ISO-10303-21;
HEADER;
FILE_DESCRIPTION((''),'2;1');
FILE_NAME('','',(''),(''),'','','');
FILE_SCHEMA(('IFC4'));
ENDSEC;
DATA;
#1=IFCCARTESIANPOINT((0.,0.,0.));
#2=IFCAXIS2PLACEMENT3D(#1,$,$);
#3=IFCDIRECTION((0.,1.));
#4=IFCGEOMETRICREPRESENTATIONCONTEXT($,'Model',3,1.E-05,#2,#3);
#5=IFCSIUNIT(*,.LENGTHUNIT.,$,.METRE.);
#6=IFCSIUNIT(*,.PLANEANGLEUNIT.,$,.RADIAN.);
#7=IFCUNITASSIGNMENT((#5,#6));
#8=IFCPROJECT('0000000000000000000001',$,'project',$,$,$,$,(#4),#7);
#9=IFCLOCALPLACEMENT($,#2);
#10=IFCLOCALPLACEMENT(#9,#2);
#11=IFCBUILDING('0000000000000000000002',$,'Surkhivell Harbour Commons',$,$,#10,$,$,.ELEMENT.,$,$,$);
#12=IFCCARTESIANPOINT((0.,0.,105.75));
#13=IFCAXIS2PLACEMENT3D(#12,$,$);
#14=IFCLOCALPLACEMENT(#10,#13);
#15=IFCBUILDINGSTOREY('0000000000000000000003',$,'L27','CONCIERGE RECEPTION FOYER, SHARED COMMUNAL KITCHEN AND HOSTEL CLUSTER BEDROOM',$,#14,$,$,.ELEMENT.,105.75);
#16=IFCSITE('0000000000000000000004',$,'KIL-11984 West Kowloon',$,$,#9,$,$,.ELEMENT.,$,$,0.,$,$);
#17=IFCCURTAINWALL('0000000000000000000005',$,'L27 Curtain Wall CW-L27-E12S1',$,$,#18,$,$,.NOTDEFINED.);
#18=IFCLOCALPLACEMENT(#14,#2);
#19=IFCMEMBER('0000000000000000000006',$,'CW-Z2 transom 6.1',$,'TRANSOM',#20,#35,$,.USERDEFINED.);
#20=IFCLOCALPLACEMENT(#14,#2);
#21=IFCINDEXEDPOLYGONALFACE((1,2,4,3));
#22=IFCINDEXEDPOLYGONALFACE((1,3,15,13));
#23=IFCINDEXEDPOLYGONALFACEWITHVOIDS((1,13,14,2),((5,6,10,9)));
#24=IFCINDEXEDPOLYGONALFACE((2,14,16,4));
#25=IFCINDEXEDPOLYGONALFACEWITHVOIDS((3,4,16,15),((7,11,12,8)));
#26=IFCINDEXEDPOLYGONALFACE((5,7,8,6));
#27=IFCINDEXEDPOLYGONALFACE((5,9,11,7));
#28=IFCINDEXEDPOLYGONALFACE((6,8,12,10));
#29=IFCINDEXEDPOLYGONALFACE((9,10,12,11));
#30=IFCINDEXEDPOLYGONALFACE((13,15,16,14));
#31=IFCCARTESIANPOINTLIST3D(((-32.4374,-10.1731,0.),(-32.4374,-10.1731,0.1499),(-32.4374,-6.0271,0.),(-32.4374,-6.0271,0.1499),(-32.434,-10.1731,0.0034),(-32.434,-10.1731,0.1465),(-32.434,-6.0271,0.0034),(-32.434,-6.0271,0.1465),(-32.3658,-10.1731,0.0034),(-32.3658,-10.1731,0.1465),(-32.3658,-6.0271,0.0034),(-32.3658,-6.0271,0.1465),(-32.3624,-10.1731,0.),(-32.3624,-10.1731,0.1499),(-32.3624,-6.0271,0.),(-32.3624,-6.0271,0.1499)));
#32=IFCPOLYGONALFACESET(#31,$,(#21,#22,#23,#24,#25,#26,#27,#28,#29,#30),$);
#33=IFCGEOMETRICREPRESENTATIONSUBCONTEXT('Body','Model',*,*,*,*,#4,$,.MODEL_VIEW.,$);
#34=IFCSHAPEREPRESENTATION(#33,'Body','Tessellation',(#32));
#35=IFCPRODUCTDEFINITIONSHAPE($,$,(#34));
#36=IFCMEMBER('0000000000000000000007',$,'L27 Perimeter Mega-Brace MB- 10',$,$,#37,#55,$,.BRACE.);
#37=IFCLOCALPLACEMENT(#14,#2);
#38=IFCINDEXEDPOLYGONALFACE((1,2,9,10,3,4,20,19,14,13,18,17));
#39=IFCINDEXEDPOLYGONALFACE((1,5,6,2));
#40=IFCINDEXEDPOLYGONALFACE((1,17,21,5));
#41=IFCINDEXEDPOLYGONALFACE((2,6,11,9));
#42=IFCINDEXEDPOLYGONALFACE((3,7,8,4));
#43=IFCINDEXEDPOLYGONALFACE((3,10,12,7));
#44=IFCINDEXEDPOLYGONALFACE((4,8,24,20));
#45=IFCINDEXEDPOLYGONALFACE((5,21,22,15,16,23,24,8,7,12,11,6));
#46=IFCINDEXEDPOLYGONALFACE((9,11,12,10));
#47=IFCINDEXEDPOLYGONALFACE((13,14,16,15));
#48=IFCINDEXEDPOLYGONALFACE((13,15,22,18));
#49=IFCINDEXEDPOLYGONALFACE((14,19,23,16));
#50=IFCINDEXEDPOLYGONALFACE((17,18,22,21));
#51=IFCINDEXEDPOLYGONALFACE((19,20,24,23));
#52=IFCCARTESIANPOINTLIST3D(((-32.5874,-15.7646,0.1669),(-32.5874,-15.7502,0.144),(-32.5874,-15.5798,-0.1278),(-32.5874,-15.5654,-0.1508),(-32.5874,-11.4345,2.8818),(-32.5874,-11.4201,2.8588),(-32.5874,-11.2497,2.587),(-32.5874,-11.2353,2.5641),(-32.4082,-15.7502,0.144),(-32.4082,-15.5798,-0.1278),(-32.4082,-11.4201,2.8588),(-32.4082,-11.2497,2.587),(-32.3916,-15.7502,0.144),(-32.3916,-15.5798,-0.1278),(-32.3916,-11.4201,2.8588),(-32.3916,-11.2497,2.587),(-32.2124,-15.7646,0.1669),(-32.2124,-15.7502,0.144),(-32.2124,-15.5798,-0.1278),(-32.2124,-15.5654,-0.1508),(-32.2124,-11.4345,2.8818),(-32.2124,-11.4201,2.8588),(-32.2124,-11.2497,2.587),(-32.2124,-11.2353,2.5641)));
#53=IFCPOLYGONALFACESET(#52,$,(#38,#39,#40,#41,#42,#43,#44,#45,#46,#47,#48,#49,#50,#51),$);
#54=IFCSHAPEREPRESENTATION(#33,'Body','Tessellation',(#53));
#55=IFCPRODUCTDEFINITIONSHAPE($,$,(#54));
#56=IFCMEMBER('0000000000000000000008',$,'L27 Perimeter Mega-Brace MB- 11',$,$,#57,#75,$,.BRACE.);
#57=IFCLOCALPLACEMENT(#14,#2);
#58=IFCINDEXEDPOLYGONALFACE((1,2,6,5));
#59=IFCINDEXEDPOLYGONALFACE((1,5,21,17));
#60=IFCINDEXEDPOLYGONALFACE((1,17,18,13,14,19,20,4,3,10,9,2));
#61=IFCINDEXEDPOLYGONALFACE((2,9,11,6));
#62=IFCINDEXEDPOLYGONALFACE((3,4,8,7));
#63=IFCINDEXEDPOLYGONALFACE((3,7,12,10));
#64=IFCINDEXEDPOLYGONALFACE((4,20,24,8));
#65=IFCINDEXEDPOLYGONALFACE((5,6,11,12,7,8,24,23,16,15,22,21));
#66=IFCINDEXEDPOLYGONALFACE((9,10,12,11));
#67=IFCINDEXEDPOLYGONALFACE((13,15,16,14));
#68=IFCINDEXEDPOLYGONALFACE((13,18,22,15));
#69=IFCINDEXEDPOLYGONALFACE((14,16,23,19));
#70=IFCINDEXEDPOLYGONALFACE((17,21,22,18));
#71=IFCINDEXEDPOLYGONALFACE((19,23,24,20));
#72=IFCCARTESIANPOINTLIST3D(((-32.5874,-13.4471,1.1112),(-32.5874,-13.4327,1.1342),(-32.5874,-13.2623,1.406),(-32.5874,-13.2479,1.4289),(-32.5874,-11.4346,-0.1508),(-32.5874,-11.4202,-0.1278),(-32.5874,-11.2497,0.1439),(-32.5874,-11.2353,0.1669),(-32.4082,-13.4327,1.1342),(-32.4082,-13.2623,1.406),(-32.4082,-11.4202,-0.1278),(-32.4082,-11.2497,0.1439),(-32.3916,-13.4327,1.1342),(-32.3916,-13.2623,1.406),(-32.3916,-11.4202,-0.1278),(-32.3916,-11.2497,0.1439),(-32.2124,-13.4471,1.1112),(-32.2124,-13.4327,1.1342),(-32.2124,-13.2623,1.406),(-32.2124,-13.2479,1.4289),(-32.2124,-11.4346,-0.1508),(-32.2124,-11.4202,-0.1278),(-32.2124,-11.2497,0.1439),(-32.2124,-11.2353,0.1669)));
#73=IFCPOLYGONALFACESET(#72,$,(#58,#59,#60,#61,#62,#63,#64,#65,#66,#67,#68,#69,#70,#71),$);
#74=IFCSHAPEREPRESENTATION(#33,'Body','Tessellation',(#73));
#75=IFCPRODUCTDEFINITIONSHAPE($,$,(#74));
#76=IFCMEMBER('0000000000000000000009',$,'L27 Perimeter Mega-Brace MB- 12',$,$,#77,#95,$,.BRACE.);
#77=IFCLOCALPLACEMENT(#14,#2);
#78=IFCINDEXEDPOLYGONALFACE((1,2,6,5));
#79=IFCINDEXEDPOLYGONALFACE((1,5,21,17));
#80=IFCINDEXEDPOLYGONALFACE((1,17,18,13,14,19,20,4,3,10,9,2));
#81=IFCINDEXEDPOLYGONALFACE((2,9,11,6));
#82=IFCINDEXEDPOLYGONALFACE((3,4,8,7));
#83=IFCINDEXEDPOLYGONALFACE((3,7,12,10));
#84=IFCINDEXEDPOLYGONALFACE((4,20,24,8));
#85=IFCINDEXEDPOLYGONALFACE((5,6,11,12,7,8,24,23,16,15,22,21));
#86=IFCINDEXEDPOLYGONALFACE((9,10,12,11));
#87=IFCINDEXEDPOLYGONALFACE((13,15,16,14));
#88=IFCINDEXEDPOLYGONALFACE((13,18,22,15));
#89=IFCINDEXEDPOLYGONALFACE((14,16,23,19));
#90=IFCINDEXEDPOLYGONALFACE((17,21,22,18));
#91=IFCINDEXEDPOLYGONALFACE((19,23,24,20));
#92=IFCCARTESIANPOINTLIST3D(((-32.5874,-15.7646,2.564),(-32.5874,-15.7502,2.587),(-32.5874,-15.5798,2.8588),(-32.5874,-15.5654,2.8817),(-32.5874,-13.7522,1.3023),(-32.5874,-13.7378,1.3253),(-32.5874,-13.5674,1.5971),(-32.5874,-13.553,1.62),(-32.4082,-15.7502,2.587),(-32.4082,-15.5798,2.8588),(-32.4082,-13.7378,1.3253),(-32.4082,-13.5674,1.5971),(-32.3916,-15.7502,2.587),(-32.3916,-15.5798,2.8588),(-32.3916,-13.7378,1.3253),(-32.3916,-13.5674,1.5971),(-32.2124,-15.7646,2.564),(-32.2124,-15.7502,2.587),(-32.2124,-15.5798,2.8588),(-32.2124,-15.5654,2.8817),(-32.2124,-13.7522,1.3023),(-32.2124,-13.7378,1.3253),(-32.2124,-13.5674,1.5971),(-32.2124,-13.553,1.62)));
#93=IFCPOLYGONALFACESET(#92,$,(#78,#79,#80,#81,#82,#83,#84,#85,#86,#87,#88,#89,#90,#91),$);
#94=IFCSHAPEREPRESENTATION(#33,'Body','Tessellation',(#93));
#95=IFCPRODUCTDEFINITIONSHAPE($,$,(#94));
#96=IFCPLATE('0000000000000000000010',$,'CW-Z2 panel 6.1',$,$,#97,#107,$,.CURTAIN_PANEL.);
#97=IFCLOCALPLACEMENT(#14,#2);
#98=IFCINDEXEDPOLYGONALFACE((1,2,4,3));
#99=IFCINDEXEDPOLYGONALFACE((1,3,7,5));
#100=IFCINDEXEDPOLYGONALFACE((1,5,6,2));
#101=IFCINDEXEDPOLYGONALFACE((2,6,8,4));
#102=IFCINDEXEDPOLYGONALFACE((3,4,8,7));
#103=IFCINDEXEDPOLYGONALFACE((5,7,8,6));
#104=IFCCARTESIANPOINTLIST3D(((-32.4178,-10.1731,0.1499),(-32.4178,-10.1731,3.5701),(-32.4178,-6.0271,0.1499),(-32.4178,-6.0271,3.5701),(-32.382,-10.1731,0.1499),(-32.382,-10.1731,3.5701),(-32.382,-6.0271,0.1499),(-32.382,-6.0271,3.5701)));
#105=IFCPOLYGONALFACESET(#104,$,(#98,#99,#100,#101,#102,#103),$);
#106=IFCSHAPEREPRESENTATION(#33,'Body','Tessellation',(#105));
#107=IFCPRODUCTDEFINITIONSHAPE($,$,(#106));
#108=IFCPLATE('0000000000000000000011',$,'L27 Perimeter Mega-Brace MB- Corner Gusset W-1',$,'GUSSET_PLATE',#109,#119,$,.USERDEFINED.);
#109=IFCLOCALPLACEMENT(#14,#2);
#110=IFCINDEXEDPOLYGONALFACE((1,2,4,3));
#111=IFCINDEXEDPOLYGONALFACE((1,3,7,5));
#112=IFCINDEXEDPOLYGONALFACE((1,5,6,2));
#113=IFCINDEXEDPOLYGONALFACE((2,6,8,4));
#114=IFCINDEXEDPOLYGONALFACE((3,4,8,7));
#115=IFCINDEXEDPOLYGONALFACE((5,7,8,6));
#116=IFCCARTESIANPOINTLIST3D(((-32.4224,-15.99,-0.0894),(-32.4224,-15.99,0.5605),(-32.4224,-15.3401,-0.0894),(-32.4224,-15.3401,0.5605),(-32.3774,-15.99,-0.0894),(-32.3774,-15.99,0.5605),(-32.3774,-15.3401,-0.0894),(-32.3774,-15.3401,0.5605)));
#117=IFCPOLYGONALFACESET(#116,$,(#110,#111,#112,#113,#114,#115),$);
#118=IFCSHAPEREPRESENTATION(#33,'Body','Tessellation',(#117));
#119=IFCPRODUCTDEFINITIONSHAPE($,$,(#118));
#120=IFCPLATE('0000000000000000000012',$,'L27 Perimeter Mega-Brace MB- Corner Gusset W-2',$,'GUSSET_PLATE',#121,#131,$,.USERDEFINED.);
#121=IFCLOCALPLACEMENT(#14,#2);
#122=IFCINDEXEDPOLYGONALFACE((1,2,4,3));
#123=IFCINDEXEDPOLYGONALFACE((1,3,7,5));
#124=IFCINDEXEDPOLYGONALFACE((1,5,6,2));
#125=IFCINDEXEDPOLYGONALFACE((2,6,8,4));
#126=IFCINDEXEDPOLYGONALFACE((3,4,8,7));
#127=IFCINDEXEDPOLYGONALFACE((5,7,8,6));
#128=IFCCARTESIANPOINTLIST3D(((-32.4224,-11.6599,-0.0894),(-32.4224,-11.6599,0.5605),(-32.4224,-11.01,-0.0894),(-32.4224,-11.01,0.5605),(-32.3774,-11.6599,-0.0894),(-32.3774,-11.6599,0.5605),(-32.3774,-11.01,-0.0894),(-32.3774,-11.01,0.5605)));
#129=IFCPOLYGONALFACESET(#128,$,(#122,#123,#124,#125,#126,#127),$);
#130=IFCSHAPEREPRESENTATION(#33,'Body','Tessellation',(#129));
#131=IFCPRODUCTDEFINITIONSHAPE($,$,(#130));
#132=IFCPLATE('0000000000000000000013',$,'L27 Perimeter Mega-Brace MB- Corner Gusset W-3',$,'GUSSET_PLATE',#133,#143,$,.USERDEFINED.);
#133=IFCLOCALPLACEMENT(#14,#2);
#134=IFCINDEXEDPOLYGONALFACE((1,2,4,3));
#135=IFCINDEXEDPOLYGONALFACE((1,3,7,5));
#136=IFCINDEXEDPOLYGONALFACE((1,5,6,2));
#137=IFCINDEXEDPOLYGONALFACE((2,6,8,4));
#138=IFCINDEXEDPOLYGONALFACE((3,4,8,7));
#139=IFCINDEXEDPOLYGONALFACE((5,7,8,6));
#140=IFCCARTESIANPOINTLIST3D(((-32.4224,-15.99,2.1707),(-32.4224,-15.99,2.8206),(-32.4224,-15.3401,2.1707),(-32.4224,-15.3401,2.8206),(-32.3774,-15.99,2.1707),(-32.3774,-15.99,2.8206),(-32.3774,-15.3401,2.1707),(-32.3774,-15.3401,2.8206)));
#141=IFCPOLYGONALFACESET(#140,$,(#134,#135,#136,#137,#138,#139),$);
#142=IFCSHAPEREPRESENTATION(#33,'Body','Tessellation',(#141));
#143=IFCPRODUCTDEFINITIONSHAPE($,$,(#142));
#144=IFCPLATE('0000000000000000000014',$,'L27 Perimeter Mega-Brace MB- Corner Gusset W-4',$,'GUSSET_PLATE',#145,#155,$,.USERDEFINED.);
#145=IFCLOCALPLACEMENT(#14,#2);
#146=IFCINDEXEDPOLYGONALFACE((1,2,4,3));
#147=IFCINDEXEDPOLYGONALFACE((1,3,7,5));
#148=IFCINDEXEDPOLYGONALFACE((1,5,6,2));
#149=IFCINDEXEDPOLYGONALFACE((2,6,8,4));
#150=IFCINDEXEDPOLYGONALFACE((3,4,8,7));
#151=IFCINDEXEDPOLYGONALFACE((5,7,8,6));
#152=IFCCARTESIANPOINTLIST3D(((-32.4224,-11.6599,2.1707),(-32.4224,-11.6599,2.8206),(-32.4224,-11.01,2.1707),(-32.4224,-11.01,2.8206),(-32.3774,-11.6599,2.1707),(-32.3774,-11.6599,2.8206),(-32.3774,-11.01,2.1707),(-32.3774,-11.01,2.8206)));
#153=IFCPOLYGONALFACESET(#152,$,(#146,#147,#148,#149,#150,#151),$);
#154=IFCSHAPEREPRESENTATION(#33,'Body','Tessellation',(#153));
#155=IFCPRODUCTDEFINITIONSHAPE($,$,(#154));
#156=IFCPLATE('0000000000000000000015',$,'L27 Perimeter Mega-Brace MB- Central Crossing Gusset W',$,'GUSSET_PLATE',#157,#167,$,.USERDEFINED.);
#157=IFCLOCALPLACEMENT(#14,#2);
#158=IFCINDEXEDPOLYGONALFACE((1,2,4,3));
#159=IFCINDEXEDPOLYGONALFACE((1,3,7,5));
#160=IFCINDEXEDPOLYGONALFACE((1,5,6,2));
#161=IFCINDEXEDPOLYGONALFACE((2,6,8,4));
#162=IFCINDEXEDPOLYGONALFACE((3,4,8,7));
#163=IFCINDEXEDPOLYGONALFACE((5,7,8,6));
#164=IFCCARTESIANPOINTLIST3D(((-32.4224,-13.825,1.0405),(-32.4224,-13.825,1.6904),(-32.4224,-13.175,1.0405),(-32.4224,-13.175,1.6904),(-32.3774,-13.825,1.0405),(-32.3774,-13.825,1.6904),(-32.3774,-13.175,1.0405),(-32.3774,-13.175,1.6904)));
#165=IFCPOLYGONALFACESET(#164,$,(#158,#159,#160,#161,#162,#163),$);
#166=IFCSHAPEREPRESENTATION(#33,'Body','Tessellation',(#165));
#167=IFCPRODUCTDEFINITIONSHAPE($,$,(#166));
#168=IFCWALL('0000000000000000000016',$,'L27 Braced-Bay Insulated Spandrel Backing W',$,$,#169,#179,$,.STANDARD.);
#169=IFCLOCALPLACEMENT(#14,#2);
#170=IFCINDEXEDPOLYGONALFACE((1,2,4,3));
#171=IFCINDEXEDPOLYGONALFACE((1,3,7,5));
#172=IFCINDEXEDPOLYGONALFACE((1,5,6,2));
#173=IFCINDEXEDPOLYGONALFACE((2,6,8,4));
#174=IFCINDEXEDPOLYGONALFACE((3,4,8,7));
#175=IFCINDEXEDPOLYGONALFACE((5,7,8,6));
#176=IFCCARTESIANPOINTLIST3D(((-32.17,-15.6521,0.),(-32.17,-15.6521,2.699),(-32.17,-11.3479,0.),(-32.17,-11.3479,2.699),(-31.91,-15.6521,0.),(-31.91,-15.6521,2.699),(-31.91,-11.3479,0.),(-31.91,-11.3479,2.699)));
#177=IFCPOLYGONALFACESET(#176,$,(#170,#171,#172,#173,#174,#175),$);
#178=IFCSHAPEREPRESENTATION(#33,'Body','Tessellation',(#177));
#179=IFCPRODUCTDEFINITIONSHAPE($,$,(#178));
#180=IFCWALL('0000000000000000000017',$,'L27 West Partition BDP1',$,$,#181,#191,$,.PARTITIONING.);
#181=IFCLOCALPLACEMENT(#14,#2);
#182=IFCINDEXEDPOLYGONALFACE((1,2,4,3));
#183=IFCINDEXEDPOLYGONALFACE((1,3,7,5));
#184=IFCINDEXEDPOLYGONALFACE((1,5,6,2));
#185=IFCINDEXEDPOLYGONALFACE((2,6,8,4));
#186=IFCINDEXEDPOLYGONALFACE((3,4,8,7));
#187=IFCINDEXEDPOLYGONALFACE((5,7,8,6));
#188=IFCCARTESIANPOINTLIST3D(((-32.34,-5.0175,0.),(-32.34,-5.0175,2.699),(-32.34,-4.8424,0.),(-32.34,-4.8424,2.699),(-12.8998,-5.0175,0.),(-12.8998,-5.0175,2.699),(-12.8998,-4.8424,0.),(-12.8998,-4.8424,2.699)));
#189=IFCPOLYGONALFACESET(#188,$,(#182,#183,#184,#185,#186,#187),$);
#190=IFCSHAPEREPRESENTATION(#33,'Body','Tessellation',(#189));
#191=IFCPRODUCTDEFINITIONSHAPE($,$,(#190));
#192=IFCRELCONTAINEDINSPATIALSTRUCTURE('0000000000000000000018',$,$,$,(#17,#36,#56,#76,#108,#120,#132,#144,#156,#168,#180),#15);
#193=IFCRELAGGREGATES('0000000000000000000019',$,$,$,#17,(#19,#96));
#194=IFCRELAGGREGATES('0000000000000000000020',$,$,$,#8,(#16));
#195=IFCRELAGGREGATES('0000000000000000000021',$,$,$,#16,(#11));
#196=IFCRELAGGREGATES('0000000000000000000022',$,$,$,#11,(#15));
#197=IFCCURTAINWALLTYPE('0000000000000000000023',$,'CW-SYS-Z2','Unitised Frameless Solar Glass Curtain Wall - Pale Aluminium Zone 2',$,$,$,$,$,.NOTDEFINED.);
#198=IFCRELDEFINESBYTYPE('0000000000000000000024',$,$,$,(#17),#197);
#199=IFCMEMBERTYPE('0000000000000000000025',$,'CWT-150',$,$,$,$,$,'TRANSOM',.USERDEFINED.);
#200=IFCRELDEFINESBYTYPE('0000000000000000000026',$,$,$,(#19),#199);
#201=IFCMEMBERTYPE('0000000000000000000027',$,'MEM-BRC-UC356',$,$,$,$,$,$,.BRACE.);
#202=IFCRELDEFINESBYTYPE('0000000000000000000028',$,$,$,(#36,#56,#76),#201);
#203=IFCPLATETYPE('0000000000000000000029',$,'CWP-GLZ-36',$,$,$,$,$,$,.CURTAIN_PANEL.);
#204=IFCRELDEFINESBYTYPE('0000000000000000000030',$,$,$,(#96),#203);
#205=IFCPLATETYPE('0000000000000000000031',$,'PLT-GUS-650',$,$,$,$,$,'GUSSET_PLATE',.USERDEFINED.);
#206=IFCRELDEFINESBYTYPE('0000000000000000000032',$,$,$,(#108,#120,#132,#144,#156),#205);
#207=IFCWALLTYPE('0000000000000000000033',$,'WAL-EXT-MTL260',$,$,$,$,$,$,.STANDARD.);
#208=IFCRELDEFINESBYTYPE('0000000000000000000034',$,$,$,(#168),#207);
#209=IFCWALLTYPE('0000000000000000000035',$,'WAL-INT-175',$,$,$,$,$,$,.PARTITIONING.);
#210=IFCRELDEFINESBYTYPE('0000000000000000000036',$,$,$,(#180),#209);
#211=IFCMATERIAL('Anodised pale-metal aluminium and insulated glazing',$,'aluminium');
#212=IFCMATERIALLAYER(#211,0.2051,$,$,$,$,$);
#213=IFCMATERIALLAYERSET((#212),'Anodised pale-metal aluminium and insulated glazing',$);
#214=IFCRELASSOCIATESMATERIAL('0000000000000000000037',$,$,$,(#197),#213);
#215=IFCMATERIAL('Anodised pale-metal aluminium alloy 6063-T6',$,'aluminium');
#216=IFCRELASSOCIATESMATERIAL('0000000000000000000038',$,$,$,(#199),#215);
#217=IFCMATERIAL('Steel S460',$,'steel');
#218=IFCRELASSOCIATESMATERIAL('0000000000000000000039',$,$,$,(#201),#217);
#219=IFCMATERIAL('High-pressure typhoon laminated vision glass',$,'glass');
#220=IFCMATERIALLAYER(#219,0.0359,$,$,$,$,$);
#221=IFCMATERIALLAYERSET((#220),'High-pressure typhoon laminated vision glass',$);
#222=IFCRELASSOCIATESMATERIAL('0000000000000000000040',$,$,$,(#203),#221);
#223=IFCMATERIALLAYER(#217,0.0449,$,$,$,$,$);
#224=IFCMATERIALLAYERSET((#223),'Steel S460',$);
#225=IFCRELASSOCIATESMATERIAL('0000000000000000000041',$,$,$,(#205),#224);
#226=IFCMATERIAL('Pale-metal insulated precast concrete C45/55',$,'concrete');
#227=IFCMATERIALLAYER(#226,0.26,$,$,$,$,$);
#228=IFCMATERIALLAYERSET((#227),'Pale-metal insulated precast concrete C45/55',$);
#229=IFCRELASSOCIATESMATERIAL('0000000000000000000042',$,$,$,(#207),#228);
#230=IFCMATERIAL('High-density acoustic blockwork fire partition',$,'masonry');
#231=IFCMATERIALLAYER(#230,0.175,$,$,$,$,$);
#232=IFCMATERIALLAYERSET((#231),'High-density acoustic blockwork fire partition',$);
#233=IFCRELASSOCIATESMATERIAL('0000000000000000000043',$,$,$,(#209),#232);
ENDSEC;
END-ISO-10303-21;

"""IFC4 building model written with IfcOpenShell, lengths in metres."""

from ifc_helpers import new_model, si_unit, direction, frame, frame_2d, origin, origin_2d, place, context, subcontext, project, spatial, rectangle, hollow_rectangle, i_section, extrude, material, layer, layer_set, material_profile, profile_set, type_object, element, aggregate, save


model = new_model("IFC4")

# Units and contexts
model_context = context("Model", 3, precision=1e-05, world=origin(), true_north=direction((0.0, 1.0)))
body_context = subcontext(model_context, "Body", "Model", "MODEL_VIEW")
ifc_project = project(units=[si_unit("LENGTHUNIT", "METRE"), si_unit("PLANEANGLEUNIT", "RADIAN")], contexts=[model_context])

# Site, building, storey
site_placement = place(None, origin())
site = spatial("IfcSite", under=ifc_project, at=site_placement, Name="KIL-11984 West Kowloon", CompositionType="ELEMENT", RefElevation=0.0)
building_placement = place(site_placement, origin())
building = spatial("IfcBuilding", under=site, at=building_placement, Name="Surkhivell Harbour Commons", CompositionType="ELEMENT")
storey_placement = place(building_placement, frame((0.0, 0.0, 105.75)))
storey = spatial("IfcBuildingStorey", under=building, at=storey_placement, Name="L27", Description="CONCIERGE RECEPTION FOYER, SHARED COMMUNAL KITCHEN AND HOSTEL CLUSTER BEDROOM", CompositionType="ELEMENT", Elevation=105.75)

# Shared definitions
ifc_material_1 = material(Name="Steel S460", Category="steel")

# Curtain wall, member
ifc_material_2 = material(Name="Anodised pale-metal aluminium and insulated glazing", Category="aluminium")
ifc_layer_1 = layer(ifc_material_2, 0.2051)
ifc_layer_set_1 = layer_set([ifc_layer_1], Name="Anodised pale-metal aluminium and insulated glazing")
curtain_wall_type = type_object("IfcCurtainWallType", Name="CW-SYS-Z2", Description="Unitised Frameless Solar Glass Curtain Wall - Pale Aluminium Zone 2", PredefinedType="NOTDEFINED", material=ifc_layer_set_1)
curtain_wall_placement = place(storey_placement, origin())
curtain_wall = element("IfcCurtainWall", 1, at=curtain_wall_placement, inside=storey, type_object=curtain_wall_type, Name="L27 Curtain Wall CW-L27-E12S1", PredefinedType="NOTDEFINED")
ifc_material_3 = material(Name="Anodised pale-metal aluminium alloy 6063-T6", Category="aluminium")
ifc_material_profile_1 = material_profile(ifc_material_3, hollow_rectangle(XDim=0.075, YDim=0.1499, WallThickness=0.0034, at=origin_2d()), Name="ALU-TRAN-75x150")
ifc_profile_set_1 = profile_set([ifc_material_profile_1], Name="Anodised pale-metal aluminium alloy 6063-T6")
member_type_1 = type_object("IfcMemberType", Name="CWT-150", ElementType="TRANSOM", PredefinedType="USERDEFINED", material=ifc_profile_set_1)
member_1_placement = place(storey_placement, frame((-32.3999, -6.0271, 0.075), z_axis=(0.0, -1.0, 0.0), x_axis=(1.0, 0.0, 0.0)))
member_1 = element("IfcMember", 2, at=member_1_placement, type_object=member_type_1, Name="CW-Z2 transom 6.1", ObjectType="TRANSOM", PredefinedType="USERDEFINED", context=body_context, shape_type="SweptSolid", body=[
    extrude(hollow_rectangle(XDim=0.075, YDim=0.1499, WallThickness=0.0034, at=origin_2d()), origin(), (0.0, 0.0, 1.0), 4.146),
])

# Members
ifc_material_profile_2 = material_profile(ifc_material_1, i_section(OverallWidth=0.375, OverallDepth=0.375, WebThickness=0.0166, FlangeThickness=0.0271, at=origin_2d()), Name="UC356x368x202")
ifc_profile_set_2 = profile_set([ifc_material_profile_2], Name="Steel S460")
member_type_2 = type_object("IfcMemberType", Name="MEM-BRC-UC356", PredefinedType="BRACE", material=ifc_profile_set_2)
member_2_placement = place(storey_placement, frame((-32.3999, -15.665, 0.0081), z_axis=(0.0, 0.847246, 0.531201), x_axis=(-1.0, 0.0, 0.0)))
element("IfcMember", 3, at=member_2_placement, inside=storey, type_object=member_type_2, Name="L27 Perimeter Mega-Brace MB- 10", PredefinedType="BRACE", context=body_context, shape_type="SweptSolid", body=[
    extrude(i_section(OverallWidth=0.375, OverallDepth=0.375, WebThickness=0.0166, FlangeThickness=0.0271, at=origin_2d()), origin(), (0.0, 0.0, 1.0), 5.1108),
])
member_3_placement = place(storey_placement, frame((-32.3999, -11.335, 0.0081), z_axis=(0.0, -0.847206, 0.531264), x_axis=(1.0, 0.0, 0.0)))
element("IfcMember", 4, at=member_3_placement, inside=storey, type_object=member_type_2, Name="L27 Perimeter Mega-Brace MB- 11", PredefinedType="BRACE", context=body_context, shape_type="SweptSolid", body=[
    extrude(i_section(OverallWidth=0.375, OverallDepth=0.375, WebThickness=0.0166, FlangeThickness=0.0271, at=origin_2d()), origin(), (0.0, 0.0, 1.0), 2.3755),
])
member_4_placement = place(storey_placement, frame((-32.3999, -13.6526, 1.4612), z_axis=(0.0, -0.847253, 0.53119), x_axis=(1.0, 0.0, 0.0)))
element("IfcMember", 5, at=member_4_placement, inside=storey, type_object=member_type_2, Name="L27 Perimeter Mega-Brace MB- 12", PredefinedType="BRACE", context=body_context, shape_type="SweptSolid", body=[
    extrude(i_section(OverallWidth=0.375, OverallDepth=0.375, WebThickness=0.0166, FlangeThickness=0.0271, at=origin_2d()), origin(), (0.0, 0.0, 1.0), 2.3752),
])

# Plate
ifc_material_4 = material(Name="High-pressure typhoon laminated vision glass", Category="glass")
ifc_layer_2 = layer(ifc_material_4, 0.0359)
ifc_layer_set_2 = layer_set([ifc_layer_2], Name="High-pressure typhoon laminated vision glass")
plate_type_1 = type_object("IfcPlateType", Name="CWP-GLZ-36", PredefinedType="CURTAIN_PANEL", material=ifc_layer_set_2)
plate_placement = place(storey_placement, frame((-32.3999, -6.0271, 0.1499), z_axis=(0.0, 0.0, 1.0), x_axis=(0.0, -1.0, 0.0)))
plate = element("IfcPlate", 6, at=plate_placement, type_object=plate_type_1, Name="CW-Z2 panel 6.1", PredefinedType="CURTAIN_PANEL", context=body_context, shape_type="SweptSolid", body=[
    extrude(rectangle(XDim=4.146, YDim=0.0359, at=frame_2d((2.073, 0.0))), origin(), (0.0, 0.0, 1.0), 3.4202),
])
aggregate(curtain_wall, [member_1, plate])

# Plates
ifc_layer_3 = layer(ifc_material_1, 0.0449)
ifc_layer_set_3 = layer_set([ifc_layer_3], Name="Steel S460")
plate_type_2 = type_object("IfcPlateType", Name="PLT-GUS-650", ElementType="GUSSET_PLATE", PredefinedType="USERDEFINED", material=ifc_layer_set_3)
for number, where, z_axis, x_axis, name in (
    (7, (-32.3999, -15.665, -0.0894), (0.0, 0.0, 1.0), (0.0, 1.0, 0.0), "L27 Perimeter Mega-Brace MB- Corner Gusset W-1"),
    (8, (-32.3999, -11.335, -0.0894), (0.0, 0.0, 1.0), (0.0, 1.0, 0.0), "L27 Perimeter Mega-Brace MB- Corner Gusset W-2"),
    (9, (-32.3999, -15.665, 2.1707), (0.0, 0.0, 1.0), (0.0, 1.0, 0.0), "L27 Perimeter Mega-Brace MB- Corner Gusset W-3"),
    (10, (-32.3999, -11.335, 2.1707), (0.0, 0.0, 1.0), (0.0, 1.0, 0.0), "L27 Perimeter Mega-Brace MB- Corner Gusset W-4"),
    (11, (-32.3999, -13.5, 1.0405), (0.0, 0.0, 1.0), (0.0, 1.0, 0.0), "L27 Perimeter Mega-Brace MB- Central Crossing Gusset W"),
):
    element("IfcPlate", number, at=place(storey_placement, frame(where, z_axis=z_axis, x_axis=x_axis)), inside=storey, type_object=plate_type_2, Name=name, ObjectType="GUSSET_PLATE", PredefinedType="USERDEFINED", context=body_context, shape_type="SweptSolid", body=[
        extrude(rectangle(XDim=0.6499, YDim=0.0449, at=origin_2d()), origin(), (0.0, 0.0, 1.0), 0.6499),
    ])

# Walls
ifc_material_5 = material(Name="Pale-metal insulated precast concrete C45/55", Category="concrete")
ifc_layer_4 = layer(ifc_material_5, 0.26)
ifc_layer_set_4 = layer_set([ifc_layer_4], Name="Pale-metal insulated precast concrete C45/55")
wall_type_1 = type_object("IfcWallType", Name="WAL-EXT-MTL260", PredefinedType="STANDARD", material=ifc_layer_set_4)
wall_placement = place(storey_placement, frame((-32.04, -11.3479, 0.0), z_axis=(0.0, 0.0, 1.0), x_axis=(0.0, -1.0, 0.0)))
element("IfcWall", 12, at=wall_placement, inside=storey, type_object=wall_type_1, Name="L27 Braced-Bay Insulated Spandrel Backing W", PredefinedType="STANDARD", context=body_context, shape_type="SweptSolid", body=[
    extrude(rectangle(XDim=4.3042, YDim=0.26, at=frame_2d((2.1521, 0.0))), origin(), (0.0, 0.0, 1.0), 2.699),
])
ifc_material_6 = material(Name="High-density acoustic blockwork fire partition", Category="masonry")
ifc_layer_5 = layer(ifc_material_6, 0.175)
ifc_layer_set_5 = layer_set([ifc_layer_5], Name="High-density acoustic blockwork fire partition")
wall_type_2 = type_object("IfcWallType", Name="WAL-INT-175", PredefinedType="PARTITIONING", material=ifc_layer_set_5)
for number, where, z_axis, x_axis, name in (
    (13, (-32.3401, -4.9299, 0.0), (0.0, 0.0, 1.0), (1.0, 0.0, 0.0), "L27 West Partition BDP1"),
):
    element("IfcWall", number, at=place(storey_placement, frame(where, z_axis=z_axis, x_axis=x_axis)), inside=storey, type_object=wall_type_2, Name=name, PredefinedType="PARTITIONING", context=body_context, shape_type="SweptSolid", body=[
        extrude(rectangle(XDim=19.4402, YDim=0.175, at=frame_2d((9.7202, 0.0))), origin(), (0.0, 0.0, 1.0), 2.699),
    ])

save(model, "model.ifc")
